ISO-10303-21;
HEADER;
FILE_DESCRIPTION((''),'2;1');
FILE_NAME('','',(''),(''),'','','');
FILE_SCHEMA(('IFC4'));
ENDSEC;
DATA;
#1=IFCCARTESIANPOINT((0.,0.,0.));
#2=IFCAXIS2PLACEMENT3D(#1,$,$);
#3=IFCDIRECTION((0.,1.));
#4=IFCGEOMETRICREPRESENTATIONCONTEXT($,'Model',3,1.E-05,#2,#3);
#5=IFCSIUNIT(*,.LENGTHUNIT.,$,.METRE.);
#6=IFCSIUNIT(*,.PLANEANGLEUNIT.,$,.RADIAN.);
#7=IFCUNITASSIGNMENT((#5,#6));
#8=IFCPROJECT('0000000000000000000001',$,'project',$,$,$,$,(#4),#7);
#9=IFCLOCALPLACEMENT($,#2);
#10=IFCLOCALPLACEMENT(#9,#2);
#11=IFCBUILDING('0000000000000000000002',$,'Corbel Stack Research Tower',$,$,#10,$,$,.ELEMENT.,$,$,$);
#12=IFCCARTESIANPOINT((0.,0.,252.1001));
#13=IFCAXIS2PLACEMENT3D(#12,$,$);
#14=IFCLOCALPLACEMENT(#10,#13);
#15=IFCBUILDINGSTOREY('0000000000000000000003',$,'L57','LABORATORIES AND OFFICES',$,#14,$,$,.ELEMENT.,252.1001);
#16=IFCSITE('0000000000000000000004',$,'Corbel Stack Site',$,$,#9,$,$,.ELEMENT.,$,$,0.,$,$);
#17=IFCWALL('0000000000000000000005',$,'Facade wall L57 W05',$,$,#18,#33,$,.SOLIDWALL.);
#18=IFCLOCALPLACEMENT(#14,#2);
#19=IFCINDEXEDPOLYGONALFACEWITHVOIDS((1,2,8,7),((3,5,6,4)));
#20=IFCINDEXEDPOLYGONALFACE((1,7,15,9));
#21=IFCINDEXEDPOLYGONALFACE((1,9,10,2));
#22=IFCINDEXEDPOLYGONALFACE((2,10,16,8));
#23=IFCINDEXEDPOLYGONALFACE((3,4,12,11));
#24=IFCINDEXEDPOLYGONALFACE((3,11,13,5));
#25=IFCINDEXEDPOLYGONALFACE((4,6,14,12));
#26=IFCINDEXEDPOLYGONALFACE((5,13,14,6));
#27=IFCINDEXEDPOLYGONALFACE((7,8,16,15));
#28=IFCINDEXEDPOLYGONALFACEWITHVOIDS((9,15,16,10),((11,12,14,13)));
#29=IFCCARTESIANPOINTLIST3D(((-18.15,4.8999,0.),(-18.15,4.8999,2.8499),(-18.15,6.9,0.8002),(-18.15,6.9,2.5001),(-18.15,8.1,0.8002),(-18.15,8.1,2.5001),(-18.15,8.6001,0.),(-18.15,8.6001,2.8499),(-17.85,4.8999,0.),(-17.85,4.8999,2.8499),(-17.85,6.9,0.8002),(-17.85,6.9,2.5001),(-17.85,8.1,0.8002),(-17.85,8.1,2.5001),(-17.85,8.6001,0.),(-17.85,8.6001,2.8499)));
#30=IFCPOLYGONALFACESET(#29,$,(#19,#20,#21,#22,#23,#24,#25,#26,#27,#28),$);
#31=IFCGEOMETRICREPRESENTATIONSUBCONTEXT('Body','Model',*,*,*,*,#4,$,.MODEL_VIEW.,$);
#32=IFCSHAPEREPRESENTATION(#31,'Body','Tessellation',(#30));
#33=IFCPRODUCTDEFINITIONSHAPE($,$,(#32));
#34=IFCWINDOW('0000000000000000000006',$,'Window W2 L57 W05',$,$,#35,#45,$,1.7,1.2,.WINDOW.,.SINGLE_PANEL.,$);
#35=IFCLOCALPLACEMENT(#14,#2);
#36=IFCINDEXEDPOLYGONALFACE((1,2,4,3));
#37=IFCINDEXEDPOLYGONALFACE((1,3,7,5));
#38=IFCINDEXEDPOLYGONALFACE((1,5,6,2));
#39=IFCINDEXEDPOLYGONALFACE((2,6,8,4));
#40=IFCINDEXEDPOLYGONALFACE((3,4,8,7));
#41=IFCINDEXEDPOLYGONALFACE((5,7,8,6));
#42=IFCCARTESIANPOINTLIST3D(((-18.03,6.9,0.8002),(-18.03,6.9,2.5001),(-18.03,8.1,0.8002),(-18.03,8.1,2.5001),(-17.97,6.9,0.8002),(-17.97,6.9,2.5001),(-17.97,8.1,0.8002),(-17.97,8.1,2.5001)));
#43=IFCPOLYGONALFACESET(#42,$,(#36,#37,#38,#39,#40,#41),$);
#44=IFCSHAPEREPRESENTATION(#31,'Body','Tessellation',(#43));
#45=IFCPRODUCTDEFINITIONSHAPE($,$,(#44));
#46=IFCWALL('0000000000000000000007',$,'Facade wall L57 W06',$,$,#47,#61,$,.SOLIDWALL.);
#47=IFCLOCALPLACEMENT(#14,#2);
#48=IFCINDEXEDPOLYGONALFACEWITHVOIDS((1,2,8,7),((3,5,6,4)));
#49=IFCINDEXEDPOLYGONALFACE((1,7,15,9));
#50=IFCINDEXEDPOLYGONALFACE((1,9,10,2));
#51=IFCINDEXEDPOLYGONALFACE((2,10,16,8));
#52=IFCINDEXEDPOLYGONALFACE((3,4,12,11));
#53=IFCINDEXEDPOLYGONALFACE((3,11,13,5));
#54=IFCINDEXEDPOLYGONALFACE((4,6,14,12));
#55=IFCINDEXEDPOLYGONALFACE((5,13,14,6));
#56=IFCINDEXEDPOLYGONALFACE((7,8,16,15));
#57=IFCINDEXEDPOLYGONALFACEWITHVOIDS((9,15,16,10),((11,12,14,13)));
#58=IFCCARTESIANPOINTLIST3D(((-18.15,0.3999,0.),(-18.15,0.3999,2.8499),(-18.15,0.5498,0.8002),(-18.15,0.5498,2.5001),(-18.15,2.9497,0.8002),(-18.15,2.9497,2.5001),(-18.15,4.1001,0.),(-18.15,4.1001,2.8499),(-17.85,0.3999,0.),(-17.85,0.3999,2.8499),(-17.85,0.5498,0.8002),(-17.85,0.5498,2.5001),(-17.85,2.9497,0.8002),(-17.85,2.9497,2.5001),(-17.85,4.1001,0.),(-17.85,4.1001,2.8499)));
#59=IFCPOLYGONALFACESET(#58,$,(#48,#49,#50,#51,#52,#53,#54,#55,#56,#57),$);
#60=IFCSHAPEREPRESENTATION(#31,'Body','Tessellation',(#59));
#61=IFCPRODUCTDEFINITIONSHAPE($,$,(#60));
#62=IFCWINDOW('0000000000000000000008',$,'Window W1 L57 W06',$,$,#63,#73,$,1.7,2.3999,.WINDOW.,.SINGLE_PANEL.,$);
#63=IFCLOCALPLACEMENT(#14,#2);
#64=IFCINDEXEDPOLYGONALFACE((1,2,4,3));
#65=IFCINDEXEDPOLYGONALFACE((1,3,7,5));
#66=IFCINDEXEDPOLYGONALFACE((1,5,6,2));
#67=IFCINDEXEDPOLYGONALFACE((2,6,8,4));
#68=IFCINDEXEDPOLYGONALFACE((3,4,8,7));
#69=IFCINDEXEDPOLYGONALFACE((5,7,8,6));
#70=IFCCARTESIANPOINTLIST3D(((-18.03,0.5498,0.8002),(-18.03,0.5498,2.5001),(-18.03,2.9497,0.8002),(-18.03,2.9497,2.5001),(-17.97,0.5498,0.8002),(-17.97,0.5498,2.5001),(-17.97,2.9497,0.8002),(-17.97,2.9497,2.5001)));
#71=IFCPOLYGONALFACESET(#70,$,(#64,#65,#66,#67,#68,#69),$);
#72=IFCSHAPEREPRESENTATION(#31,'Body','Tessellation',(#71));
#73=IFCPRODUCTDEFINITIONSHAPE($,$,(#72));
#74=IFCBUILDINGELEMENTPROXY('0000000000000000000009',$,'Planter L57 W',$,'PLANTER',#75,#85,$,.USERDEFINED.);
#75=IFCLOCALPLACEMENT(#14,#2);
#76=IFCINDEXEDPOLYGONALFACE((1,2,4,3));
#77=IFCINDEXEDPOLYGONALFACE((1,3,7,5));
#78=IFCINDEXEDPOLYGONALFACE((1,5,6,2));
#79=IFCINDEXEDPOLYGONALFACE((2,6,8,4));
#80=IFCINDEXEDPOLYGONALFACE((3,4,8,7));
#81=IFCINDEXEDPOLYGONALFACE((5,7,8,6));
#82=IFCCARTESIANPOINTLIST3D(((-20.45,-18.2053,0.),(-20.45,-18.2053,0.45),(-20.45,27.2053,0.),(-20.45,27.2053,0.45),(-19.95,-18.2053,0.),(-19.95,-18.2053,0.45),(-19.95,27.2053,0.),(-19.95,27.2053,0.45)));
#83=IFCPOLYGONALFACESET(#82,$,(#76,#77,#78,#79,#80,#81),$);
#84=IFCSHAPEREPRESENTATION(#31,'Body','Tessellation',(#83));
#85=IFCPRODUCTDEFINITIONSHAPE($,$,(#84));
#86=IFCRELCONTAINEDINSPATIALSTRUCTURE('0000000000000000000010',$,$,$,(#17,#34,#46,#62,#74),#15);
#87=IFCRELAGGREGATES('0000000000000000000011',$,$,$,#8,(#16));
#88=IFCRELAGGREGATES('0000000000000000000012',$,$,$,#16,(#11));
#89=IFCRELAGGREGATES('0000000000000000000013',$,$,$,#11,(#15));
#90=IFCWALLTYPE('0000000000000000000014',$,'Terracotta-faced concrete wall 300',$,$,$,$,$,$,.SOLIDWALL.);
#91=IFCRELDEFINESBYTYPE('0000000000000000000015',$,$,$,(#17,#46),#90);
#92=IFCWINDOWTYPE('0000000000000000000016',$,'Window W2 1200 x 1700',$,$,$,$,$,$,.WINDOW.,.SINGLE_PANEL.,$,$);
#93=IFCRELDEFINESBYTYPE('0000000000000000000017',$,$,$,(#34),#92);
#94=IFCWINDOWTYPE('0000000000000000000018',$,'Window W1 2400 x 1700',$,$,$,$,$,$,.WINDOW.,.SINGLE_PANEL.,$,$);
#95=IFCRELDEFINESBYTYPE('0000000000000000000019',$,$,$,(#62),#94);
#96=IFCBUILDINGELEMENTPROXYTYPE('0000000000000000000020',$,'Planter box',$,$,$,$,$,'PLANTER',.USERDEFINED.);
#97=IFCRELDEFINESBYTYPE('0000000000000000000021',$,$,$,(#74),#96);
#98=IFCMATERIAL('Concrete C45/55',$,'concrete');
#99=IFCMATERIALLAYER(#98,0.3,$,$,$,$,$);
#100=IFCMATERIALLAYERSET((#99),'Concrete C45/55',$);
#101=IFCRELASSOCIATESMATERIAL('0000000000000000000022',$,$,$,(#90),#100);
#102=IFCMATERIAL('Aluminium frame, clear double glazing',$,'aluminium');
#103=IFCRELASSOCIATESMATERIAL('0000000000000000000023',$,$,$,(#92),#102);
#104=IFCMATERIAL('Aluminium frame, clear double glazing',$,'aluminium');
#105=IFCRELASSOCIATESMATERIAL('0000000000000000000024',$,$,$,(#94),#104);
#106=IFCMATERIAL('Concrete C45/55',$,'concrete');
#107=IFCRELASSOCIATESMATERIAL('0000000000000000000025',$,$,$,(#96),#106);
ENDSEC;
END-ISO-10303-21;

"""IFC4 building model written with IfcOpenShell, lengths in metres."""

from ifc_helpers import new_model, si_unit, direction, frame, frame_2d, origin, origin_2d, place, context, subcontext, project, spatial, rectangle, extrude, material, layer, layer_set, type_object, element, fill, save


model = new_model("IFC4")

# Units and contexts
model_context = context("Model", 3, precision=1e-05, world=origin(), true_north=direction((0.0, 1.0)))
body_context = subcontext(model_context, "Body", "Model", "MODEL_VIEW")
ifc_project = project(units=[si_unit("LENGTHUNIT", "METRE"), si_unit("PLANEANGLEUNIT", "RADIAN")], contexts=[model_context])

# Site, building, storey
site_placement = place(None, origin())
site = spatial("IfcSite", under=ifc_project, at=site_placement, Name="Corbel Stack Site", CompositionType="ELEMENT", RefElevation=0.0)
building_placement = place(site_placement, origin())
building = spatial("IfcBuilding", under=site, at=building_placement, Name="Corbel Stack Research Tower", CompositionType="ELEMENT")
storey_placement = place(building_placement, frame((0.0, 0.0, 252.1001)))
storey = spatial("IfcBuildingStorey", under=building, at=storey_placement, Name="L57", Description="LABORATORIES AND OFFICES", CompositionType="ELEMENT", Elevation=252.1001)

# Walls, openings, windows
ifc_material_1 = material(Name="Concrete C45/55", Category="concrete")
ifc_layer_1 = layer(ifc_material_1, 0.3)
ifc_layer_set_1 = layer_set([ifc_layer_1], Name="Concrete C45/55")
wall_type_1 = type_object("IfcWallType", Name="Terracotta-faced concrete wall 300", PredefinedType="SOLIDWALL", material=ifc_layer_set_1)
wall_1_placement = place(storey_placement, frame((-18.0, 4.8999, 0.0), z_axis=(0.0, 0.0, 1.0), x_axis=(0.0, 1.0, 0.0)))
wall_1 = element("IfcWall", 1, at=wall_1_placement, inside=storey, type_object=wall_type_1, Name="Facade wall L57 W05", PredefinedType="SOLIDWALL", context=body_context, shape_type="SweptSolid", body=[
    extrude(rectangle(XDim=3.7002, YDim=0.3, at=frame_2d((1.8501, 0.0))), origin(), (0.0, 0.0, 1.0), 2.8499),
])
opening_1_placement = place(wall_1_placement, frame((2.0, 0.0, 0.8)))
opening_1 = element("IfcOpeningElement", 2, at=opening_1_placement, cuts=wall_1, PredefinedType="OPENING", context=body_context, shape_type="SweptSolid", body=[
    extrude(rectangle(XDim=1.2, YDim=1.7, at=frame_2d((0.6001, 0.8501))), frame((0.0, 0.1599, 0.0), z_axis=(0.0, -1.0, 0.0), x_axis=(1.0, 0.0, 0.0)), (0.0, 0.0, 1.0), 0.3201),
])
ifc_material_2 = material(Name="Aluminium frame, clear double glazing", Category="aluminium")
window_type_1 = type_object("IfcWindowType", Name="Window W2 1200 x 1700", PartitioningType="SINGLE_PANEL", PredefinedType="WINDOW", material=ifc_material_2)
window_1_placement = place(opening_1_placement, origin())
window_1 = element("IfcWindow", 3, at=window_1_placement, inside=storey, type_object=window_type_1, Name="Window W2 L57 W05", OverallHeight=1.7, OverallWidth=1.2, PartitioningType="SINGLE_PANEL", PredefinedType="WINDOW", context=body_context, shape_type="SweptSolid", body=[
    extrude(rectangle(XDim=1.2, YDim=1.7, at=frame_2d((0.6001, 0.8501))), frame((0.0, 0.03, 0.0), z_axis=(0.0, -1.0, 0.0), x_axis=(1.0, 0.0, 0.0)), (0.0, 0.0, 1.0), 0.0601),
])
fill(opening_1, window_1)
wall_2_placement = place(storey_placement, frame((-18.0, 0.3999, 0.0), z_axis=(0.0, 0.0, 1.0), x_axis=(0.0, 1.0, 0.0)))
wall_2 = element("IfcWall", 4, at=wall_2_placement, inside=storey, type_object=wall_type_1, Name="Facade wall L57 W06", PredefinedType="SOLIDWALL", context=body_context, shape_type="SweptSolid", body=[
    extrude(rectangle(XDim=3.7002, YDim=0.3, at=frame_2d((1.8501, 0.0))), origin(), (0.0, 0.0, 1.0), 2.8499),
])
opening_2_placement = place(wall_2_placement, frame((0.1499, 0.0, 0.8)))
opening_2 = element("IfcOpeningElement", 5, at=opening_2_placement, cuts=wall_2, PredefinedType="OPENING", context=body_context, shape_type="SweptSolid", body=[
    extrude(rectangle(XDim=2.3999, YDim=1.7, at=frame_2d((1.2, 0.8501))), frame((0.0, 0.1599, 0.0), z_axis=(0.0, -1.0, 0.0), x_axis=(1.0, 0.0, 0.0)), (0.0, 0.0, 1.0), 0.3201),
])
ifc_material_3 = material(Name="Aluminium frame, clear double glazing", Category="aluminium")
window_type_2 = type_object("IfcWindowType", Name="Window W1 2400 x 1700", PartitioningType="SINGLE_PANEL", PredefinedType="WINDOW", material=ifc_material_3)
window_2_placement = place(opening_2_placement, origin())
window_2 = element("IfcWindow", 6, at=window_2_placement, inside=storey, type_object=window_type_2, Name="Window W1 L57 W06", OverallHeight=1.7, OverallWidth=2.3999, PartitioningType="SINGLE_PANEL", PredefinedType="WINDOW", context=body_context, shape_type="SweptSolid", body=[
    extrude(rectangle(XDim=2.3999, YDim=1.7, at=frame_2d((1.2, 0.8501))), frame((0.0, 0.03, 0.0), z_axis=(0.0, -1.0, 0.0), x_axis=(1.0, 0.0, 0.0)), (0.0, 0.0, 1.0), 0.0601),
])
fill(opening_2, window_2)

# Building element proxy
ifc_material_4 = material(Name="Concrete C45/55", Category="concrete")
building_element_proxy_type = type_object("IfcBuildingElementProxyType", Name="Planter box", ElementType="PLANTER", PredefinedType="USERDEFINED", material=ifc_material_4)
proxy_placement = place(storey_placement, frame((-20.2, 4.5, 0.0), z_axis=(0.0, 0.0, 1.0), x_axis=(0.0, -1.0, 0.0)))
element("IfcBuildingElementProxy", 7, at=proxy_placement, inside=storey, type_object=building_element_proxy_type, Name="Planter L57 W", ObjectType="PLANTER", PredefinedType="USERDEFINED", context=body_context, shape_type="SweptSolid", body=[
    extrude(rectangle(XDim=45.4106, YDim=0.5, at=origin_2d()), origin(), (0.0, 0.0, 1.0), 0.45),
])

save(model, "model.ifc")
